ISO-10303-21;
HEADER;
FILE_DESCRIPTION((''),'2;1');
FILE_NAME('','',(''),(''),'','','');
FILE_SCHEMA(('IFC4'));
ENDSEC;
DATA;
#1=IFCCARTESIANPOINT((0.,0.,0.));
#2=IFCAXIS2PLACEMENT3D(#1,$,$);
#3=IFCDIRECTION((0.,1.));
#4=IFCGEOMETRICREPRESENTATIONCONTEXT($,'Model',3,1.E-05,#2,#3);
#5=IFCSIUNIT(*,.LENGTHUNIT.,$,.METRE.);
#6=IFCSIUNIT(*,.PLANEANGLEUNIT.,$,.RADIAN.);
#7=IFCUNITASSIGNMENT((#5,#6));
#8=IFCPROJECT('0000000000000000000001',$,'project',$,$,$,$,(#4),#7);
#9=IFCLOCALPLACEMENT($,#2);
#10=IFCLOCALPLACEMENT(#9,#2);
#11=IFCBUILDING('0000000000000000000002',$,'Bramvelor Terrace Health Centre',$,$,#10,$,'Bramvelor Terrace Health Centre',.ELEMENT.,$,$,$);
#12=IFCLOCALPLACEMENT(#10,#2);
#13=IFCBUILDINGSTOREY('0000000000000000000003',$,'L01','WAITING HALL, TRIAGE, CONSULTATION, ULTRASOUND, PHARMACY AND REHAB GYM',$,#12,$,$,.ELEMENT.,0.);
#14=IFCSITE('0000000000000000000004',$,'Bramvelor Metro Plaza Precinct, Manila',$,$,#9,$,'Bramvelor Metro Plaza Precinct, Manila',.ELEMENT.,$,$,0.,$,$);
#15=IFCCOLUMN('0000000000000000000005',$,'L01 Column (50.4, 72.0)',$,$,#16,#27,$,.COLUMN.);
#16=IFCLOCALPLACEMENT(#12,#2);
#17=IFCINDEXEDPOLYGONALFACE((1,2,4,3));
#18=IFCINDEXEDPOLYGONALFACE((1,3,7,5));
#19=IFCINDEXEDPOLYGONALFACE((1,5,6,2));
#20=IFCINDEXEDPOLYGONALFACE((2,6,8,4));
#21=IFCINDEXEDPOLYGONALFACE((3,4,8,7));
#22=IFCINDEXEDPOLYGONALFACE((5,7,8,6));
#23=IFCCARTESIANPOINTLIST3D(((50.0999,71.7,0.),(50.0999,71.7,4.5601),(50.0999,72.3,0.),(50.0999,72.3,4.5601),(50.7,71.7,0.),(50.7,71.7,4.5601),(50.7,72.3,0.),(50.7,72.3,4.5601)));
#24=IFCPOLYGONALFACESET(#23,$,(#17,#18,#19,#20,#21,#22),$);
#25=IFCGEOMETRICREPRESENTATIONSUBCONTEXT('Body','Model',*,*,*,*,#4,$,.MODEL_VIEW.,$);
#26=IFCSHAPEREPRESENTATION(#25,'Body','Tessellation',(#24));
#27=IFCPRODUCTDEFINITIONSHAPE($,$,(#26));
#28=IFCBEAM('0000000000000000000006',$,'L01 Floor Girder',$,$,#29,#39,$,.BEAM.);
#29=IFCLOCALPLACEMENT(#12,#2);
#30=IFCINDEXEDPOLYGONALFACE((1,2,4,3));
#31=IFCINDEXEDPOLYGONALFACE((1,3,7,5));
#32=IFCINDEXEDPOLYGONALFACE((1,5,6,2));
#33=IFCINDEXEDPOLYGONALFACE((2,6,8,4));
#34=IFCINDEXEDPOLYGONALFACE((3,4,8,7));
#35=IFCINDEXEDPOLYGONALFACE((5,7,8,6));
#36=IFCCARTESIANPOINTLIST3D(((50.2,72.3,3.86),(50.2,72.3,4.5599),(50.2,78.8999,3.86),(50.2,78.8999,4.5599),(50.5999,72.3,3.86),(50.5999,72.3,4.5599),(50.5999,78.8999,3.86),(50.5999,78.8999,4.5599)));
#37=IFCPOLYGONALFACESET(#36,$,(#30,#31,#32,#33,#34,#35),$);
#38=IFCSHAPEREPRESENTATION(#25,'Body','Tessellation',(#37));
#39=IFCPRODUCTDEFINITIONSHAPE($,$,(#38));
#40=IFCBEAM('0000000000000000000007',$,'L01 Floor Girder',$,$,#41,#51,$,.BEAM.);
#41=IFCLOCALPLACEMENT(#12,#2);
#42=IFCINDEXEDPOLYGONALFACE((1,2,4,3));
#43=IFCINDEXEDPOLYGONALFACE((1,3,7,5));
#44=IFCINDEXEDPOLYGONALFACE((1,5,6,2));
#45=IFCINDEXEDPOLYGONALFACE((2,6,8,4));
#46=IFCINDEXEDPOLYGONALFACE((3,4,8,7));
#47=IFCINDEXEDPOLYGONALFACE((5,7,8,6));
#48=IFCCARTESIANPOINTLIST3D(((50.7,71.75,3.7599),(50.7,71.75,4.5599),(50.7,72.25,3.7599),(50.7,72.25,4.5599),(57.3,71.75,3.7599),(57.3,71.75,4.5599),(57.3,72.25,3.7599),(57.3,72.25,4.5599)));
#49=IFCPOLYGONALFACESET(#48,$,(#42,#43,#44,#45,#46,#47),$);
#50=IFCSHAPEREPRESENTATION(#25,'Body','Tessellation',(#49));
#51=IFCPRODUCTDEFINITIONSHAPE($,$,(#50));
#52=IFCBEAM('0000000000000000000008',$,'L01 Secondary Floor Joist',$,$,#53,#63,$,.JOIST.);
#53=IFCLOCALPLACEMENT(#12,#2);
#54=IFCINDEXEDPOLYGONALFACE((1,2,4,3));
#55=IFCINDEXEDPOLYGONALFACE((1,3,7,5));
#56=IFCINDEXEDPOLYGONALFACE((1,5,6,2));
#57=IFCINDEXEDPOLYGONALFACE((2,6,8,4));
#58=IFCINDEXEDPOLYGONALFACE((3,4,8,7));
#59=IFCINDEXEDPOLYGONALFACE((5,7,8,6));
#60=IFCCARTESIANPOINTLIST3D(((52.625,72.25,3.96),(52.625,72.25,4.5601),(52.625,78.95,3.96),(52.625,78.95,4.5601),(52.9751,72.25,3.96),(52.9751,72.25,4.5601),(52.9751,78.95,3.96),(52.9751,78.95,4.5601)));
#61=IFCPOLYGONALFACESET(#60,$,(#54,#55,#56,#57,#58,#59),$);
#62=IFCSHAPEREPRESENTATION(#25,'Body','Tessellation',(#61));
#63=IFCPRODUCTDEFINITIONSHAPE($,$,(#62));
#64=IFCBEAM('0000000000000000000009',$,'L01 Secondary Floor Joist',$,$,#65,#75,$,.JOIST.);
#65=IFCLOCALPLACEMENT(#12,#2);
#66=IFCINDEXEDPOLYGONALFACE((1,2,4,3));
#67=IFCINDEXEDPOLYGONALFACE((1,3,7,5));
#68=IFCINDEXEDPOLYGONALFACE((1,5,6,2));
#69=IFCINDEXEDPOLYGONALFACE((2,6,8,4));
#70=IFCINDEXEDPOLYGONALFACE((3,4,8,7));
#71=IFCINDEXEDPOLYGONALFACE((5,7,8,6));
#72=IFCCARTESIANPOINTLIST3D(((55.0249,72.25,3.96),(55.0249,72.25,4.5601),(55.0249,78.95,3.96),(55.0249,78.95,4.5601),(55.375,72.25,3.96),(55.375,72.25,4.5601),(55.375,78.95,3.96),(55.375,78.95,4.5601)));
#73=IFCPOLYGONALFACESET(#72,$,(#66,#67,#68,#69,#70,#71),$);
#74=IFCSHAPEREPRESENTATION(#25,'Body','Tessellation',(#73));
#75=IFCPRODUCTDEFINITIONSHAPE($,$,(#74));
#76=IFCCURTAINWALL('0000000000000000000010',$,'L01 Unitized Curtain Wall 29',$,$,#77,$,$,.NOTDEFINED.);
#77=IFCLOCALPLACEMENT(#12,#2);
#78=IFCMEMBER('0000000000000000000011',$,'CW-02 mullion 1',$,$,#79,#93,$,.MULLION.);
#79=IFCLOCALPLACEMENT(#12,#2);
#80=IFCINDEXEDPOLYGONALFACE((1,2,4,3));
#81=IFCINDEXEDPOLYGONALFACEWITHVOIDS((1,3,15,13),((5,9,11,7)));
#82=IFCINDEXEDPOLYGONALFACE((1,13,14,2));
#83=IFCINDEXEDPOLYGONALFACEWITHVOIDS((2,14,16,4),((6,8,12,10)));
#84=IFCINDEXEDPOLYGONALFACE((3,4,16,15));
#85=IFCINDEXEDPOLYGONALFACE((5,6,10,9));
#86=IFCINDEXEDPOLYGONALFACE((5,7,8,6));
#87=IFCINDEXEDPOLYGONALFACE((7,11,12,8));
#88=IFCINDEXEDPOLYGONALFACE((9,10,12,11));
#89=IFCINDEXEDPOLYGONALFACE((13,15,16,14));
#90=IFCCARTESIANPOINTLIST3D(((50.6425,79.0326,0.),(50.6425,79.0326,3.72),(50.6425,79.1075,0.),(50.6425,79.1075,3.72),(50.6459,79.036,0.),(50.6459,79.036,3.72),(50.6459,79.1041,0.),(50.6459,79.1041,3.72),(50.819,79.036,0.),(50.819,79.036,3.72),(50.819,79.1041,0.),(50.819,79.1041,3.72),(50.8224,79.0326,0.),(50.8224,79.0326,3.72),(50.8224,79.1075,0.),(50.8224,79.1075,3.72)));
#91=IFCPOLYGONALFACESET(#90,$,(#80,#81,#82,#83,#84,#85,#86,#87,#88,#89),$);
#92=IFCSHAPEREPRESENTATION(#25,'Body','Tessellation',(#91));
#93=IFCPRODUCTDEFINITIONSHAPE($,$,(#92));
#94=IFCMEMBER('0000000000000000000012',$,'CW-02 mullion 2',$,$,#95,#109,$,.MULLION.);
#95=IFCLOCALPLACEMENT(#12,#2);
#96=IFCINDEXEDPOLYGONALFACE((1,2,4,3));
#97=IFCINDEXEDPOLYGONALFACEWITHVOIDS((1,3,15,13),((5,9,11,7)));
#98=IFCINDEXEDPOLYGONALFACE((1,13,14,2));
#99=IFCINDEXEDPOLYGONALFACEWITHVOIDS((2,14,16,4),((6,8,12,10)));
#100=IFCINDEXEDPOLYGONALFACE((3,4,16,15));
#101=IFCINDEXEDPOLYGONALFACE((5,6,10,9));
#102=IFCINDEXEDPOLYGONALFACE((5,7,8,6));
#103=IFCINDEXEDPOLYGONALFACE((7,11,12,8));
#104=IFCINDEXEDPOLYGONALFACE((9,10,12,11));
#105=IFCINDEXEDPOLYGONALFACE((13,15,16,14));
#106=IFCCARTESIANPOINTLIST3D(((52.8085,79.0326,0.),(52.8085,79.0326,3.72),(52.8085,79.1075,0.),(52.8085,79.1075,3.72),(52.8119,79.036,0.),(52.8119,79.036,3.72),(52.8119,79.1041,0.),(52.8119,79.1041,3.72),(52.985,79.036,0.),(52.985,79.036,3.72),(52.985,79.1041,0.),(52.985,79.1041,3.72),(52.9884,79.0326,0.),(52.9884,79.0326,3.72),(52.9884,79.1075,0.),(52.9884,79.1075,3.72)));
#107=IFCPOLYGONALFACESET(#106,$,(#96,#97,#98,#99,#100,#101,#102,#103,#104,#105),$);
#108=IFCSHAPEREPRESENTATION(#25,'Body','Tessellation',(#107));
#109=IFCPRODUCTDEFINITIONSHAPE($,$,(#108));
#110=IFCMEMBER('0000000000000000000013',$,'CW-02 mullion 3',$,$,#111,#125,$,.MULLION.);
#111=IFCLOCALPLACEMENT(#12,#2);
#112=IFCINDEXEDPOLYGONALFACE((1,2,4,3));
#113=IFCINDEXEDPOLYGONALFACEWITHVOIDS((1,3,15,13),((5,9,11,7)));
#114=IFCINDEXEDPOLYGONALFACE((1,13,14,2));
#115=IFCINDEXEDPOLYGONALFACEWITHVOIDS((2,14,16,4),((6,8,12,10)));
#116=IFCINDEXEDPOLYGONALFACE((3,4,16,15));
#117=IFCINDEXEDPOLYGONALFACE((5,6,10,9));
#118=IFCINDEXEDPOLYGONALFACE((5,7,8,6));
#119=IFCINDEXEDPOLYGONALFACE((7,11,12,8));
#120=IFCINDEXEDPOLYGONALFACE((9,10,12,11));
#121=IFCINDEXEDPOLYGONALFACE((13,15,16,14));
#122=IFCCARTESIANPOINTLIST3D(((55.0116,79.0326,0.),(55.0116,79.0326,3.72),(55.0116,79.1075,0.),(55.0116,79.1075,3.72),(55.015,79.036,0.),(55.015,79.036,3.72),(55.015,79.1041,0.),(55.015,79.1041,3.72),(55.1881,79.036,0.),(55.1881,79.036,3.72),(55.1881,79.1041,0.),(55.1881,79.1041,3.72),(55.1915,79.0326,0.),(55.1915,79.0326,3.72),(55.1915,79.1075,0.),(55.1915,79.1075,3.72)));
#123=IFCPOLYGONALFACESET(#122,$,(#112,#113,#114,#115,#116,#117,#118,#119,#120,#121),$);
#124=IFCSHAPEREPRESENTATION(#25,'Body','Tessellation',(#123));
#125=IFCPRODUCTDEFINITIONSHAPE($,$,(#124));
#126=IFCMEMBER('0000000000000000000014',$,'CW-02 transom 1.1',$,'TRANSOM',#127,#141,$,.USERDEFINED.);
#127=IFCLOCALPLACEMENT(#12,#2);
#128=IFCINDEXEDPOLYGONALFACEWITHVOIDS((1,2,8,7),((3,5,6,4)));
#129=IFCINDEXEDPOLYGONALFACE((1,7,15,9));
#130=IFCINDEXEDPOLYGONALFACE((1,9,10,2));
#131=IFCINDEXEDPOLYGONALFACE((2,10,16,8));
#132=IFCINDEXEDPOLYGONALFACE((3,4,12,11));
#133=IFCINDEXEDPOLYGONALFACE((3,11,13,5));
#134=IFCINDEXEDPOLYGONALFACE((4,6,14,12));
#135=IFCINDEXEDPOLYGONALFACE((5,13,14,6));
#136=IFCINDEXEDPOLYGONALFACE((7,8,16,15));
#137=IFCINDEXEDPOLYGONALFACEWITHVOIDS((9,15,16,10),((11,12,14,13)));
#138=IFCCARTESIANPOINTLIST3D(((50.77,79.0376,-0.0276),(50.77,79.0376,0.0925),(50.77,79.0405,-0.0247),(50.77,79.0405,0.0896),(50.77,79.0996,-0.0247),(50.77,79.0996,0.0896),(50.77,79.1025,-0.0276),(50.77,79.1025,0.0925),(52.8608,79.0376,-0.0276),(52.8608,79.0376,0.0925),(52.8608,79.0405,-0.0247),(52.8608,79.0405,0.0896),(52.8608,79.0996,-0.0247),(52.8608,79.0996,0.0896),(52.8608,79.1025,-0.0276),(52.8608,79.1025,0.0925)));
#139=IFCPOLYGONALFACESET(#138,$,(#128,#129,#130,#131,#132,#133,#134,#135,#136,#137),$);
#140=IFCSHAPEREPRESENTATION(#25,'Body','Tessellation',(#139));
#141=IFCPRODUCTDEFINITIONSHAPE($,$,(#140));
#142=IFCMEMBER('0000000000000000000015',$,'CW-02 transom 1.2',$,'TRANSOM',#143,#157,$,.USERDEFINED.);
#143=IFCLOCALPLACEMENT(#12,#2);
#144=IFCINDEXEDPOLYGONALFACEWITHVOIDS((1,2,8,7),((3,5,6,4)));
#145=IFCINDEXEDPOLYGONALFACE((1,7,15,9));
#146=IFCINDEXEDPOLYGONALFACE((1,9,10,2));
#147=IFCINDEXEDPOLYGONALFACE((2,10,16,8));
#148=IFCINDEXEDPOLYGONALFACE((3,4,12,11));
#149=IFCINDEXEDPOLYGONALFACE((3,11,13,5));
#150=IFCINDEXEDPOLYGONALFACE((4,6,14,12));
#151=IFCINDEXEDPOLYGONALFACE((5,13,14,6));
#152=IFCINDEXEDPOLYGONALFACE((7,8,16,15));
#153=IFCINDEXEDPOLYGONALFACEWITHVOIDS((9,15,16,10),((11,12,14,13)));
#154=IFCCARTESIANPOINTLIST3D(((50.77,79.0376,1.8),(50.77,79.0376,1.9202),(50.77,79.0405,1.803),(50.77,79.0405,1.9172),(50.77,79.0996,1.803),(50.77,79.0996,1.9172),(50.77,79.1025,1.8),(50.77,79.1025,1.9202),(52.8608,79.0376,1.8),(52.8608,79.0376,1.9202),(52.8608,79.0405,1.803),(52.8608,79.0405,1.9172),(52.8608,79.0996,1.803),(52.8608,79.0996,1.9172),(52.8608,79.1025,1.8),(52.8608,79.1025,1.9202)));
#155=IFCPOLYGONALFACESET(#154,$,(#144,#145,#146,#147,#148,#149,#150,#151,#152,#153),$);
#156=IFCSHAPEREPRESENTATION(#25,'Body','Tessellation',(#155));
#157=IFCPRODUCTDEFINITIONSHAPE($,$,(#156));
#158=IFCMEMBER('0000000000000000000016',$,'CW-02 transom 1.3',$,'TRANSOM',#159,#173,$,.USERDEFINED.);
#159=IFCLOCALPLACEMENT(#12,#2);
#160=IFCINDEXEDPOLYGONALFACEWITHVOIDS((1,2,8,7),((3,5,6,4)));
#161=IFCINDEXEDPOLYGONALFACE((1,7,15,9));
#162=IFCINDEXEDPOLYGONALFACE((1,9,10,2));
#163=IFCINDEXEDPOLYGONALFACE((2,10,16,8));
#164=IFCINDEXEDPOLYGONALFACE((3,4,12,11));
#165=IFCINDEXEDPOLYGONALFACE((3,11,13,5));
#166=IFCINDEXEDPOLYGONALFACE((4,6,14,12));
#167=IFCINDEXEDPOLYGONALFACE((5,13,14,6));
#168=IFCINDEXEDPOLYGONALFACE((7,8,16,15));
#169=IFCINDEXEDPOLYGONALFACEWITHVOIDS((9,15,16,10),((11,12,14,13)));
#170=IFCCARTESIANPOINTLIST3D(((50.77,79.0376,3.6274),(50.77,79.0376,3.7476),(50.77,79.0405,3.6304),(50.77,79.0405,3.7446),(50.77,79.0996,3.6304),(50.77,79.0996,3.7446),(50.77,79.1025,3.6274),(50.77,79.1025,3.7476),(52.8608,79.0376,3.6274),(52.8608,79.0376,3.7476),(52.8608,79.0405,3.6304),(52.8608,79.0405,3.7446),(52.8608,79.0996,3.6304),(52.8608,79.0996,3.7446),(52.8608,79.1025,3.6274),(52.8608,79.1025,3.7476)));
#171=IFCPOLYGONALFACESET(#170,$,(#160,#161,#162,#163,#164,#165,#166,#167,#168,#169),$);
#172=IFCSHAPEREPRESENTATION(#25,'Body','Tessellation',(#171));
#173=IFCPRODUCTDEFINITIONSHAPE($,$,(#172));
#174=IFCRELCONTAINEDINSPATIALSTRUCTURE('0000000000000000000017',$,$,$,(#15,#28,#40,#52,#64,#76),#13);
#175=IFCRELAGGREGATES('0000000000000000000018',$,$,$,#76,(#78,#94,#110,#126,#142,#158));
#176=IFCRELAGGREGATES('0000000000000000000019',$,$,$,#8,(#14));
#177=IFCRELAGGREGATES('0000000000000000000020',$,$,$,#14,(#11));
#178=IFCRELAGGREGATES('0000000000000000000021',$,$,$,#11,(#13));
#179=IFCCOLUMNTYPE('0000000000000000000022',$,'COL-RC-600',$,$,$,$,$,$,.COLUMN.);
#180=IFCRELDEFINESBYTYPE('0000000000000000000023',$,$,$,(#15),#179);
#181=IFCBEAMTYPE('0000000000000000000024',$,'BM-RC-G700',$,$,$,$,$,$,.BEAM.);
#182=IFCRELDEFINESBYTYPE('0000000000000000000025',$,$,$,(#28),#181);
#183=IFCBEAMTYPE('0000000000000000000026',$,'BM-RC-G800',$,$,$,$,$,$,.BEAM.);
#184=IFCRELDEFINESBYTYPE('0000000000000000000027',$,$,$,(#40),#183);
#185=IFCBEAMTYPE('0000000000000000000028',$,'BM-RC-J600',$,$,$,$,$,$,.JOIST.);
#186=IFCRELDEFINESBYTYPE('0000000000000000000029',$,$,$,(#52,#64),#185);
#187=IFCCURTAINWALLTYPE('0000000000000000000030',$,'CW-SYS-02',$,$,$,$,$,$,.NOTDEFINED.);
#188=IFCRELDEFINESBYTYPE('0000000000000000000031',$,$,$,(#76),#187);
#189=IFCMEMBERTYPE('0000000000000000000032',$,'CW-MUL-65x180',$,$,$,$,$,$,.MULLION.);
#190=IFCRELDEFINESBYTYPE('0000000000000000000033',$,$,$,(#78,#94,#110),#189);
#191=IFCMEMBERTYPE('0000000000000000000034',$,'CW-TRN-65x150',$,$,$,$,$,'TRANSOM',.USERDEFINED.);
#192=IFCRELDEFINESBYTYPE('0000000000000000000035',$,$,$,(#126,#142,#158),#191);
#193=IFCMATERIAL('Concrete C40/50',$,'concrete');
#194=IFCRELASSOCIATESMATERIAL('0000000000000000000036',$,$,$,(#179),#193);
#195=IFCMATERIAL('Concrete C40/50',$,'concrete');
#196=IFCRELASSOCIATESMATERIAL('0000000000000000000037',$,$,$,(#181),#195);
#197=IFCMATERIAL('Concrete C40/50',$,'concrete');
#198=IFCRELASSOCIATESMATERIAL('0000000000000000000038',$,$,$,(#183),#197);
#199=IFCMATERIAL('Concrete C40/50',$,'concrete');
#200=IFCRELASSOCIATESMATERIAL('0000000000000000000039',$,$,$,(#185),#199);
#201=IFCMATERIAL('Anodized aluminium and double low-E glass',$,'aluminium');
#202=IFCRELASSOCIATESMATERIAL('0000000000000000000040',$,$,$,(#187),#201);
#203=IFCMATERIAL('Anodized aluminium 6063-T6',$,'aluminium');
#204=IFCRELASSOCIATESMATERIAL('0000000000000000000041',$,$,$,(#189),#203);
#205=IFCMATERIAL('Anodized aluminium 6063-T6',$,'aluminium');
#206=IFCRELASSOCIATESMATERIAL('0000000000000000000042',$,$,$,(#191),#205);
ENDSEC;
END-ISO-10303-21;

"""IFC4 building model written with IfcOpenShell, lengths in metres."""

from ifc_helpers import new_model, si_unit, direction, frame, origin, origin_2d, place, context, subcontext, project, spatial, rectangle, hollow_rectangle, extrude, material, material_profile, profile_set, type_object, element, aggregate, save


model = new_model("IFC4")

# Units and contexts
model_context = context("Model", 3, precision=1e-05, world=origin(), true_north=direction((0.0, 1.0)))
body_context = subcontext(model_context, "Body", "Model", "MODEL_VIEW")
ifc_project = project(units=[si_unit("LENGTHUNIT", "METRE"), si_unit("PLANEANGLEUNIT", "RADIAN")], contexts=[model_context])

# Site, building, storey
site_placement = place(None, origin())
site = spatial("IfcSite", under=ifc_project, at=site_placement, Name="Bramvelor Metro Plaza Precinct, Manila", LongName="Bramvelor Metro Plaza Precinct, Manila", CompositionType="ELEMENT", RefElevation=0.0)
building_placement = place(site_placement, origin())
building = spatial("IfcBuilding", under=site, at=building_placement, Name="Bramvelor Terrace Health Centre", LongName="Bramvelor Terrace Health Centre", CompositionType="ELEMENT")
storey_placement = place(building_placement, origin())
storey = spatial("IfcBuildingStorey", under=building, at=storey_placement, Name="L01", Description="WAITING HALL, TRIAGE, CONSULTATION, ULTRASOUND, PHARMACY AND REHAB GYM", CompositionType="ELEMENT", Elevation=0.0)

# Column
ifc_material_1 = material(Name="Concrete C40/50", Category="concrete")
ifc_material_profile_1 = material_profile(ifc_material_1, rectangle(XDim=0.6001, YDim=0.6001, at=origin_2d()), Name="RC 600x600")
ifc_profile_set_1 = profile_set([ifc_material_profile_1], Name="Concrete C40/50")
column_type = type_object("IfcColumnType", Name="COL-RC-600", PredefinedType="COLUMN", material=ifc_profile_set_1)
column_placement = place(storey_placement, frame((50.3999, 72.0, 0.0), z_axis=(0.0, 0.0, 1.0), x_axis=(1.0, 0.0, 0.0)))
element("IfcColumn", 1, at=column_placement, inside=storey, type_object=column_type, Name="L01 Column (50.4, 72.0)", PredefinedType="COLUMN", context=body_context, shape_type="SweptSolid", body=[
    extrude(rectangle(XDim=0.6001, YDim=0.6001, at=origin_2d()), origin(), (0.0, 0.0, 1.0), 4.5601),
])

# Beams
ifc_material_2 = material(Name="Concrete C40/50", Category="concrete")
ifc_material_profile_2 = material_profile(ifc_material_2, rectangle(XDim=0.3999, YDim=0.7, at=origin_2d()), Name="RC 400x700")
ifc_profile_set_2 = profile_set([ifc_material_profile_2], Name="Concrete C40/50")
beam_type_1 = type_object("IfcBeamType", Name="BM-RC-G700", PredefinedType="BEAM", material=ifc_profile_set_2)
beam_1_placement = place(storey_placement, frame((50.3999, 72.3, 4.21), z_axis=(0.0, 1.0, 0.0), x_axis=(-1.0, 0.0, 0.0)))
element("IfcBeam", 2, at=beam_1_placement, inside=storey, type_object=beam_type_1, Name="L01 Floor Girder", PredefinedType="BEAM", context=body_context, shape_type="SweptSolid", body=[
    extrude(rectangle(XDim=0.3999, YDim=0.7, at=origin_2d()), origin(), (0.0, 0.0, 1.0), 6.5999),
])
ifc_material_3 = material(Name="Concrete C40/50", Category="concrete")
ifc_material_profile_3 = material_profile(ifc_material_3, rectangle(XDim=0.5, YDim=0.8, at=origin_2d()), Name="RC 500x800")
ifc_profile_set_3 = profile_set([ifc_material_profile_3], Name="Concrete C40/50")
beam_type_2 = type_object("IfcBeamType", Name="BM-RC-G800", PredefinedType="BEAM", material=ifc_profile_set_3)
beam_2_placement = place(storey_placement, frame((50.7, 72.0, 4.1599), z_axis=(1.0, 0.0, 0.0), x_axis=(0.0, 1.0, 0.0)))
element("IfcBeam", 3, at=beam_2_placement, inside=storey, type_object=beam_type_2, Name="L01 Floor Girder", PredefinedType="BEAM", context=body_context, shape_type="SweptSolid", body=[
    extrude(rectangle(XDim=0.5, YDim=0.8, at=origin_2d()), origin(), (0.0, 0.0, 1.0), 6.6001),
])
ifc_material_4 = material(Name="Concrete C40/50", Category="concrete")
ifc_material_profile_4 = material_profile(ifc_material_4, rectangle(XDim=0.3501, YDim=0.6001, at=origin_2d()), Name="RC 350x600")
ifc_profile_set_4 = profile_set([ifc_material_profile_4], Name="Concrete C40/50")
beam_type_3 = type_object("IfcBeamType", Name="BM-RC-J600", PredefinedType="JOIST", material=ifc_profile_set_4)
for number, where, z_axis, x_axis, name in (
    (4, (52.8, 72.25, 4.26), (0.0, 1.0, 0.0), (-1.0, 0.0, 0.0), "L01 Secondary Floor Joist"),
    (5, (55.2, 72.25, 4.26), (0.0, 1.0, 0.0), (-1.0, 0.0, 0.0), "L01 Secondary Floor Joist"),
):
    element("IfcBeam", number, at=place(storey_placement, frame(where, z_axis=z_axis, x_axis=x_axis)), inside=storey, type_object=beam_type_3, Name=name, PredefinedType="JOIST", context=body_context, shape_type="SweptSolid", body=[
        extrude(rectangle(XDim=0.3501, YDim=0.6001, at=origin_2d()), origin(), (0.0, 0.0, 1.0), 6.7),
    ])

# Curtain wall, members
ifc_material_5 = material(Name="Anodized aluminium and double low-E glass", Category="aluminium")
curtain_wall_type = type_object("IfcCurtainWallType", Name="CW-SYS-02", PredefinedType="NOTDEFINED", material=ifc_material_5)
curtain_wall_placement = place(storey_placement, origin())
curtain_wall = element("IfcCurtainWall", 6, at=curtain_wall_placement, inside=storey, type_object=curtain_wall_type, Name="L01 Unitized Curtain Wall 29", PredefinedType="NOTDEFINED")
ifc_material_6 = material(Name="Anodized aluminium 6063-T6", Category="aluminium")
ifc_material_profile_5 = material_profile(ifc_material_6, hollow_rectangle(XDim=0.075, YDim=0.1799, WallThickness=0.0034, at=origin_2d()), Name="ALU-MUL 75x180x3.5")
ifc_profile_set_5 = profile_set([ifc_material_profile_5], Name="Anodized aluminium 6063-T6")
member_type_1 = type_object("IfcMemberType", Name="CW-MUL-65x180", PredefinedType="MULLION", material=ifc_profile_set_5)
member_1_placement = place(storey_placement, frame((50.7324, 79.0701, 0.0), z_axis=(0.0, 0.0, 1.0), x_axis=(0.0, 1.0, 0.0)))
member_1 = element("IfcMember", 7, at=member_1_placement, type_object=member_type_1, Name="CW-02 mullion 1", PredefinedType="MULLION", context=body_context, shape_type="SweptSolid", body=[
    extrude(hollow_rectangle(XDim=0.075, YDim=0.1799, WallThickness=0.0034, at=origin_2d()), origin(), (0.0, 0.0, 1.0), 3.72),
])
member_2_placement = place(storey_placement, frame((52.8984, 79.0701, 0.0), z_axis=(0.0, 0.0, 1.0), x_axis=(0.0, 1.0, 0.0)))
member_2 = element("IfcMember", 8, at=member_2_placement, type_object=member_type_1, Name="CW-02 mullion 2", PredefinedType="MULLION", context=body_context, shape_type="SweptSolid", body=[
    extrude(hollow_rectangle(XDim=0.075, YDim=0.1799, WallThickness=0.0034, at=origin_2d()), origin(), (0.0, 0.0, 1.0), 3.72),
])
member_3_placement = place(storey_placement, frame((55.1016, 79.0701, 0.0), z_axis=(0.0, 0.0, 1.0), x_axis=(0.0, 1.0, 0.0)))
member_3 = element("IfcMember", 9, at=member_3_placement, type_object=member_type_1, Name="CW-02 mullion 3", PredefinedType="MULLION", context=body_context, shape_type="SweptSolid", body=[
    extrude(hollow_rectangle(XDim=0.075, YDim=0.1799, WallThickness=0.0034, at=origin_2d()), origin(), (0.0, 0.0, 1.0), 3.72),
])
ifc_material_7 = material(Name="Anodized aluminium 6063-T6", Category="aluminium")
ifc_material_profile_6 = material_profile(ifc_material_7, hollow_rectangle(XDim=0.0649, YDim=0.1201, WallThickness=0.0029, at=origin_2d()), Name="ALU-TRN 65x120x3.0")
ifc_profile_set_6 = profile_set([ifc_material_profile_6], Name="Anodized aluminium 6063-T6")
member_type_2 = type_object("IfcMemberType", Name="CW-TRN-65x150", ElementType="TRANSOM", PredefinedType="USERDEFINED", material=ifc_profile_set_6)
member_4_placement = place(storey_placement, frame((50.77, 79.0701, 0.0325), z_axis=(1.0, 0.0, 0.0), x_axis=(0.0, 1.0, 0.0)))
member_4 = element("IfcMember", 10, at=member_4_placement, type_object=member_type_2, Name="CW-02 transom 1.1", ObjectType="TRANSOM", PredefinedType="USERDEFINED", context=body_context, shape_type="SweptSolid", body=[
    extrude(hollow_rectangle(XDim=0.0649, YDim=0.1201, WallThickness=0.0029, at=origin_2d()), origin(), (0.0, 0.0, 1.0), 2.0908),
])
member_5_placement = place(storey_placement, frame((50.77, 79.0701, 1.8601), z_axis=(1.0, 0.0, 0.0), x_axis=(0.0, 1.0, 0.0)))
member_5 = element("IfcMember", 11, at=member_5_placement, type_object=member_type_2, Name="CW-02 transom 1.2", ObjectType="TRANSOM", PredefinedType="USERDEFINED", context=body_context, shape_type="SweptSolid", body=[
    extrude(hollow_rectangle(XDim=0.0649, YDim=0.1201, WallThickness=0.0029, at=origin_2d()), origin(), (0.0, 0.0, 1.0), 2.0908),
])
member_6_placement = place(storey_placement, frame((50.77, 79.0701, 3.6875), z_axis=(1.0, 0.0, 0.0), x_axis=(0.0, 1.0, 0.0)))
member_6 = element("IfcMember", 12, at=member_6_placement, type_object=member_type_2, Name="CW-02 transom 1.3", ObjectType="TRANSOM", PredefinedType="USERDEFINED", context=body_context, shape_type="SweptSolid", body=[
    extrude(hollow_rectangle(XDim=0.0649, YDim=0.1201, WallThickness=0.0029, at=origin_2d()), origin(), (0.0, 0.0, 1.0), 2.0908),
])
aggregate(curtain_wall, [member_1, member_2, member_3, member_4, member_5, member_6])

save(model, "model.ifc")
